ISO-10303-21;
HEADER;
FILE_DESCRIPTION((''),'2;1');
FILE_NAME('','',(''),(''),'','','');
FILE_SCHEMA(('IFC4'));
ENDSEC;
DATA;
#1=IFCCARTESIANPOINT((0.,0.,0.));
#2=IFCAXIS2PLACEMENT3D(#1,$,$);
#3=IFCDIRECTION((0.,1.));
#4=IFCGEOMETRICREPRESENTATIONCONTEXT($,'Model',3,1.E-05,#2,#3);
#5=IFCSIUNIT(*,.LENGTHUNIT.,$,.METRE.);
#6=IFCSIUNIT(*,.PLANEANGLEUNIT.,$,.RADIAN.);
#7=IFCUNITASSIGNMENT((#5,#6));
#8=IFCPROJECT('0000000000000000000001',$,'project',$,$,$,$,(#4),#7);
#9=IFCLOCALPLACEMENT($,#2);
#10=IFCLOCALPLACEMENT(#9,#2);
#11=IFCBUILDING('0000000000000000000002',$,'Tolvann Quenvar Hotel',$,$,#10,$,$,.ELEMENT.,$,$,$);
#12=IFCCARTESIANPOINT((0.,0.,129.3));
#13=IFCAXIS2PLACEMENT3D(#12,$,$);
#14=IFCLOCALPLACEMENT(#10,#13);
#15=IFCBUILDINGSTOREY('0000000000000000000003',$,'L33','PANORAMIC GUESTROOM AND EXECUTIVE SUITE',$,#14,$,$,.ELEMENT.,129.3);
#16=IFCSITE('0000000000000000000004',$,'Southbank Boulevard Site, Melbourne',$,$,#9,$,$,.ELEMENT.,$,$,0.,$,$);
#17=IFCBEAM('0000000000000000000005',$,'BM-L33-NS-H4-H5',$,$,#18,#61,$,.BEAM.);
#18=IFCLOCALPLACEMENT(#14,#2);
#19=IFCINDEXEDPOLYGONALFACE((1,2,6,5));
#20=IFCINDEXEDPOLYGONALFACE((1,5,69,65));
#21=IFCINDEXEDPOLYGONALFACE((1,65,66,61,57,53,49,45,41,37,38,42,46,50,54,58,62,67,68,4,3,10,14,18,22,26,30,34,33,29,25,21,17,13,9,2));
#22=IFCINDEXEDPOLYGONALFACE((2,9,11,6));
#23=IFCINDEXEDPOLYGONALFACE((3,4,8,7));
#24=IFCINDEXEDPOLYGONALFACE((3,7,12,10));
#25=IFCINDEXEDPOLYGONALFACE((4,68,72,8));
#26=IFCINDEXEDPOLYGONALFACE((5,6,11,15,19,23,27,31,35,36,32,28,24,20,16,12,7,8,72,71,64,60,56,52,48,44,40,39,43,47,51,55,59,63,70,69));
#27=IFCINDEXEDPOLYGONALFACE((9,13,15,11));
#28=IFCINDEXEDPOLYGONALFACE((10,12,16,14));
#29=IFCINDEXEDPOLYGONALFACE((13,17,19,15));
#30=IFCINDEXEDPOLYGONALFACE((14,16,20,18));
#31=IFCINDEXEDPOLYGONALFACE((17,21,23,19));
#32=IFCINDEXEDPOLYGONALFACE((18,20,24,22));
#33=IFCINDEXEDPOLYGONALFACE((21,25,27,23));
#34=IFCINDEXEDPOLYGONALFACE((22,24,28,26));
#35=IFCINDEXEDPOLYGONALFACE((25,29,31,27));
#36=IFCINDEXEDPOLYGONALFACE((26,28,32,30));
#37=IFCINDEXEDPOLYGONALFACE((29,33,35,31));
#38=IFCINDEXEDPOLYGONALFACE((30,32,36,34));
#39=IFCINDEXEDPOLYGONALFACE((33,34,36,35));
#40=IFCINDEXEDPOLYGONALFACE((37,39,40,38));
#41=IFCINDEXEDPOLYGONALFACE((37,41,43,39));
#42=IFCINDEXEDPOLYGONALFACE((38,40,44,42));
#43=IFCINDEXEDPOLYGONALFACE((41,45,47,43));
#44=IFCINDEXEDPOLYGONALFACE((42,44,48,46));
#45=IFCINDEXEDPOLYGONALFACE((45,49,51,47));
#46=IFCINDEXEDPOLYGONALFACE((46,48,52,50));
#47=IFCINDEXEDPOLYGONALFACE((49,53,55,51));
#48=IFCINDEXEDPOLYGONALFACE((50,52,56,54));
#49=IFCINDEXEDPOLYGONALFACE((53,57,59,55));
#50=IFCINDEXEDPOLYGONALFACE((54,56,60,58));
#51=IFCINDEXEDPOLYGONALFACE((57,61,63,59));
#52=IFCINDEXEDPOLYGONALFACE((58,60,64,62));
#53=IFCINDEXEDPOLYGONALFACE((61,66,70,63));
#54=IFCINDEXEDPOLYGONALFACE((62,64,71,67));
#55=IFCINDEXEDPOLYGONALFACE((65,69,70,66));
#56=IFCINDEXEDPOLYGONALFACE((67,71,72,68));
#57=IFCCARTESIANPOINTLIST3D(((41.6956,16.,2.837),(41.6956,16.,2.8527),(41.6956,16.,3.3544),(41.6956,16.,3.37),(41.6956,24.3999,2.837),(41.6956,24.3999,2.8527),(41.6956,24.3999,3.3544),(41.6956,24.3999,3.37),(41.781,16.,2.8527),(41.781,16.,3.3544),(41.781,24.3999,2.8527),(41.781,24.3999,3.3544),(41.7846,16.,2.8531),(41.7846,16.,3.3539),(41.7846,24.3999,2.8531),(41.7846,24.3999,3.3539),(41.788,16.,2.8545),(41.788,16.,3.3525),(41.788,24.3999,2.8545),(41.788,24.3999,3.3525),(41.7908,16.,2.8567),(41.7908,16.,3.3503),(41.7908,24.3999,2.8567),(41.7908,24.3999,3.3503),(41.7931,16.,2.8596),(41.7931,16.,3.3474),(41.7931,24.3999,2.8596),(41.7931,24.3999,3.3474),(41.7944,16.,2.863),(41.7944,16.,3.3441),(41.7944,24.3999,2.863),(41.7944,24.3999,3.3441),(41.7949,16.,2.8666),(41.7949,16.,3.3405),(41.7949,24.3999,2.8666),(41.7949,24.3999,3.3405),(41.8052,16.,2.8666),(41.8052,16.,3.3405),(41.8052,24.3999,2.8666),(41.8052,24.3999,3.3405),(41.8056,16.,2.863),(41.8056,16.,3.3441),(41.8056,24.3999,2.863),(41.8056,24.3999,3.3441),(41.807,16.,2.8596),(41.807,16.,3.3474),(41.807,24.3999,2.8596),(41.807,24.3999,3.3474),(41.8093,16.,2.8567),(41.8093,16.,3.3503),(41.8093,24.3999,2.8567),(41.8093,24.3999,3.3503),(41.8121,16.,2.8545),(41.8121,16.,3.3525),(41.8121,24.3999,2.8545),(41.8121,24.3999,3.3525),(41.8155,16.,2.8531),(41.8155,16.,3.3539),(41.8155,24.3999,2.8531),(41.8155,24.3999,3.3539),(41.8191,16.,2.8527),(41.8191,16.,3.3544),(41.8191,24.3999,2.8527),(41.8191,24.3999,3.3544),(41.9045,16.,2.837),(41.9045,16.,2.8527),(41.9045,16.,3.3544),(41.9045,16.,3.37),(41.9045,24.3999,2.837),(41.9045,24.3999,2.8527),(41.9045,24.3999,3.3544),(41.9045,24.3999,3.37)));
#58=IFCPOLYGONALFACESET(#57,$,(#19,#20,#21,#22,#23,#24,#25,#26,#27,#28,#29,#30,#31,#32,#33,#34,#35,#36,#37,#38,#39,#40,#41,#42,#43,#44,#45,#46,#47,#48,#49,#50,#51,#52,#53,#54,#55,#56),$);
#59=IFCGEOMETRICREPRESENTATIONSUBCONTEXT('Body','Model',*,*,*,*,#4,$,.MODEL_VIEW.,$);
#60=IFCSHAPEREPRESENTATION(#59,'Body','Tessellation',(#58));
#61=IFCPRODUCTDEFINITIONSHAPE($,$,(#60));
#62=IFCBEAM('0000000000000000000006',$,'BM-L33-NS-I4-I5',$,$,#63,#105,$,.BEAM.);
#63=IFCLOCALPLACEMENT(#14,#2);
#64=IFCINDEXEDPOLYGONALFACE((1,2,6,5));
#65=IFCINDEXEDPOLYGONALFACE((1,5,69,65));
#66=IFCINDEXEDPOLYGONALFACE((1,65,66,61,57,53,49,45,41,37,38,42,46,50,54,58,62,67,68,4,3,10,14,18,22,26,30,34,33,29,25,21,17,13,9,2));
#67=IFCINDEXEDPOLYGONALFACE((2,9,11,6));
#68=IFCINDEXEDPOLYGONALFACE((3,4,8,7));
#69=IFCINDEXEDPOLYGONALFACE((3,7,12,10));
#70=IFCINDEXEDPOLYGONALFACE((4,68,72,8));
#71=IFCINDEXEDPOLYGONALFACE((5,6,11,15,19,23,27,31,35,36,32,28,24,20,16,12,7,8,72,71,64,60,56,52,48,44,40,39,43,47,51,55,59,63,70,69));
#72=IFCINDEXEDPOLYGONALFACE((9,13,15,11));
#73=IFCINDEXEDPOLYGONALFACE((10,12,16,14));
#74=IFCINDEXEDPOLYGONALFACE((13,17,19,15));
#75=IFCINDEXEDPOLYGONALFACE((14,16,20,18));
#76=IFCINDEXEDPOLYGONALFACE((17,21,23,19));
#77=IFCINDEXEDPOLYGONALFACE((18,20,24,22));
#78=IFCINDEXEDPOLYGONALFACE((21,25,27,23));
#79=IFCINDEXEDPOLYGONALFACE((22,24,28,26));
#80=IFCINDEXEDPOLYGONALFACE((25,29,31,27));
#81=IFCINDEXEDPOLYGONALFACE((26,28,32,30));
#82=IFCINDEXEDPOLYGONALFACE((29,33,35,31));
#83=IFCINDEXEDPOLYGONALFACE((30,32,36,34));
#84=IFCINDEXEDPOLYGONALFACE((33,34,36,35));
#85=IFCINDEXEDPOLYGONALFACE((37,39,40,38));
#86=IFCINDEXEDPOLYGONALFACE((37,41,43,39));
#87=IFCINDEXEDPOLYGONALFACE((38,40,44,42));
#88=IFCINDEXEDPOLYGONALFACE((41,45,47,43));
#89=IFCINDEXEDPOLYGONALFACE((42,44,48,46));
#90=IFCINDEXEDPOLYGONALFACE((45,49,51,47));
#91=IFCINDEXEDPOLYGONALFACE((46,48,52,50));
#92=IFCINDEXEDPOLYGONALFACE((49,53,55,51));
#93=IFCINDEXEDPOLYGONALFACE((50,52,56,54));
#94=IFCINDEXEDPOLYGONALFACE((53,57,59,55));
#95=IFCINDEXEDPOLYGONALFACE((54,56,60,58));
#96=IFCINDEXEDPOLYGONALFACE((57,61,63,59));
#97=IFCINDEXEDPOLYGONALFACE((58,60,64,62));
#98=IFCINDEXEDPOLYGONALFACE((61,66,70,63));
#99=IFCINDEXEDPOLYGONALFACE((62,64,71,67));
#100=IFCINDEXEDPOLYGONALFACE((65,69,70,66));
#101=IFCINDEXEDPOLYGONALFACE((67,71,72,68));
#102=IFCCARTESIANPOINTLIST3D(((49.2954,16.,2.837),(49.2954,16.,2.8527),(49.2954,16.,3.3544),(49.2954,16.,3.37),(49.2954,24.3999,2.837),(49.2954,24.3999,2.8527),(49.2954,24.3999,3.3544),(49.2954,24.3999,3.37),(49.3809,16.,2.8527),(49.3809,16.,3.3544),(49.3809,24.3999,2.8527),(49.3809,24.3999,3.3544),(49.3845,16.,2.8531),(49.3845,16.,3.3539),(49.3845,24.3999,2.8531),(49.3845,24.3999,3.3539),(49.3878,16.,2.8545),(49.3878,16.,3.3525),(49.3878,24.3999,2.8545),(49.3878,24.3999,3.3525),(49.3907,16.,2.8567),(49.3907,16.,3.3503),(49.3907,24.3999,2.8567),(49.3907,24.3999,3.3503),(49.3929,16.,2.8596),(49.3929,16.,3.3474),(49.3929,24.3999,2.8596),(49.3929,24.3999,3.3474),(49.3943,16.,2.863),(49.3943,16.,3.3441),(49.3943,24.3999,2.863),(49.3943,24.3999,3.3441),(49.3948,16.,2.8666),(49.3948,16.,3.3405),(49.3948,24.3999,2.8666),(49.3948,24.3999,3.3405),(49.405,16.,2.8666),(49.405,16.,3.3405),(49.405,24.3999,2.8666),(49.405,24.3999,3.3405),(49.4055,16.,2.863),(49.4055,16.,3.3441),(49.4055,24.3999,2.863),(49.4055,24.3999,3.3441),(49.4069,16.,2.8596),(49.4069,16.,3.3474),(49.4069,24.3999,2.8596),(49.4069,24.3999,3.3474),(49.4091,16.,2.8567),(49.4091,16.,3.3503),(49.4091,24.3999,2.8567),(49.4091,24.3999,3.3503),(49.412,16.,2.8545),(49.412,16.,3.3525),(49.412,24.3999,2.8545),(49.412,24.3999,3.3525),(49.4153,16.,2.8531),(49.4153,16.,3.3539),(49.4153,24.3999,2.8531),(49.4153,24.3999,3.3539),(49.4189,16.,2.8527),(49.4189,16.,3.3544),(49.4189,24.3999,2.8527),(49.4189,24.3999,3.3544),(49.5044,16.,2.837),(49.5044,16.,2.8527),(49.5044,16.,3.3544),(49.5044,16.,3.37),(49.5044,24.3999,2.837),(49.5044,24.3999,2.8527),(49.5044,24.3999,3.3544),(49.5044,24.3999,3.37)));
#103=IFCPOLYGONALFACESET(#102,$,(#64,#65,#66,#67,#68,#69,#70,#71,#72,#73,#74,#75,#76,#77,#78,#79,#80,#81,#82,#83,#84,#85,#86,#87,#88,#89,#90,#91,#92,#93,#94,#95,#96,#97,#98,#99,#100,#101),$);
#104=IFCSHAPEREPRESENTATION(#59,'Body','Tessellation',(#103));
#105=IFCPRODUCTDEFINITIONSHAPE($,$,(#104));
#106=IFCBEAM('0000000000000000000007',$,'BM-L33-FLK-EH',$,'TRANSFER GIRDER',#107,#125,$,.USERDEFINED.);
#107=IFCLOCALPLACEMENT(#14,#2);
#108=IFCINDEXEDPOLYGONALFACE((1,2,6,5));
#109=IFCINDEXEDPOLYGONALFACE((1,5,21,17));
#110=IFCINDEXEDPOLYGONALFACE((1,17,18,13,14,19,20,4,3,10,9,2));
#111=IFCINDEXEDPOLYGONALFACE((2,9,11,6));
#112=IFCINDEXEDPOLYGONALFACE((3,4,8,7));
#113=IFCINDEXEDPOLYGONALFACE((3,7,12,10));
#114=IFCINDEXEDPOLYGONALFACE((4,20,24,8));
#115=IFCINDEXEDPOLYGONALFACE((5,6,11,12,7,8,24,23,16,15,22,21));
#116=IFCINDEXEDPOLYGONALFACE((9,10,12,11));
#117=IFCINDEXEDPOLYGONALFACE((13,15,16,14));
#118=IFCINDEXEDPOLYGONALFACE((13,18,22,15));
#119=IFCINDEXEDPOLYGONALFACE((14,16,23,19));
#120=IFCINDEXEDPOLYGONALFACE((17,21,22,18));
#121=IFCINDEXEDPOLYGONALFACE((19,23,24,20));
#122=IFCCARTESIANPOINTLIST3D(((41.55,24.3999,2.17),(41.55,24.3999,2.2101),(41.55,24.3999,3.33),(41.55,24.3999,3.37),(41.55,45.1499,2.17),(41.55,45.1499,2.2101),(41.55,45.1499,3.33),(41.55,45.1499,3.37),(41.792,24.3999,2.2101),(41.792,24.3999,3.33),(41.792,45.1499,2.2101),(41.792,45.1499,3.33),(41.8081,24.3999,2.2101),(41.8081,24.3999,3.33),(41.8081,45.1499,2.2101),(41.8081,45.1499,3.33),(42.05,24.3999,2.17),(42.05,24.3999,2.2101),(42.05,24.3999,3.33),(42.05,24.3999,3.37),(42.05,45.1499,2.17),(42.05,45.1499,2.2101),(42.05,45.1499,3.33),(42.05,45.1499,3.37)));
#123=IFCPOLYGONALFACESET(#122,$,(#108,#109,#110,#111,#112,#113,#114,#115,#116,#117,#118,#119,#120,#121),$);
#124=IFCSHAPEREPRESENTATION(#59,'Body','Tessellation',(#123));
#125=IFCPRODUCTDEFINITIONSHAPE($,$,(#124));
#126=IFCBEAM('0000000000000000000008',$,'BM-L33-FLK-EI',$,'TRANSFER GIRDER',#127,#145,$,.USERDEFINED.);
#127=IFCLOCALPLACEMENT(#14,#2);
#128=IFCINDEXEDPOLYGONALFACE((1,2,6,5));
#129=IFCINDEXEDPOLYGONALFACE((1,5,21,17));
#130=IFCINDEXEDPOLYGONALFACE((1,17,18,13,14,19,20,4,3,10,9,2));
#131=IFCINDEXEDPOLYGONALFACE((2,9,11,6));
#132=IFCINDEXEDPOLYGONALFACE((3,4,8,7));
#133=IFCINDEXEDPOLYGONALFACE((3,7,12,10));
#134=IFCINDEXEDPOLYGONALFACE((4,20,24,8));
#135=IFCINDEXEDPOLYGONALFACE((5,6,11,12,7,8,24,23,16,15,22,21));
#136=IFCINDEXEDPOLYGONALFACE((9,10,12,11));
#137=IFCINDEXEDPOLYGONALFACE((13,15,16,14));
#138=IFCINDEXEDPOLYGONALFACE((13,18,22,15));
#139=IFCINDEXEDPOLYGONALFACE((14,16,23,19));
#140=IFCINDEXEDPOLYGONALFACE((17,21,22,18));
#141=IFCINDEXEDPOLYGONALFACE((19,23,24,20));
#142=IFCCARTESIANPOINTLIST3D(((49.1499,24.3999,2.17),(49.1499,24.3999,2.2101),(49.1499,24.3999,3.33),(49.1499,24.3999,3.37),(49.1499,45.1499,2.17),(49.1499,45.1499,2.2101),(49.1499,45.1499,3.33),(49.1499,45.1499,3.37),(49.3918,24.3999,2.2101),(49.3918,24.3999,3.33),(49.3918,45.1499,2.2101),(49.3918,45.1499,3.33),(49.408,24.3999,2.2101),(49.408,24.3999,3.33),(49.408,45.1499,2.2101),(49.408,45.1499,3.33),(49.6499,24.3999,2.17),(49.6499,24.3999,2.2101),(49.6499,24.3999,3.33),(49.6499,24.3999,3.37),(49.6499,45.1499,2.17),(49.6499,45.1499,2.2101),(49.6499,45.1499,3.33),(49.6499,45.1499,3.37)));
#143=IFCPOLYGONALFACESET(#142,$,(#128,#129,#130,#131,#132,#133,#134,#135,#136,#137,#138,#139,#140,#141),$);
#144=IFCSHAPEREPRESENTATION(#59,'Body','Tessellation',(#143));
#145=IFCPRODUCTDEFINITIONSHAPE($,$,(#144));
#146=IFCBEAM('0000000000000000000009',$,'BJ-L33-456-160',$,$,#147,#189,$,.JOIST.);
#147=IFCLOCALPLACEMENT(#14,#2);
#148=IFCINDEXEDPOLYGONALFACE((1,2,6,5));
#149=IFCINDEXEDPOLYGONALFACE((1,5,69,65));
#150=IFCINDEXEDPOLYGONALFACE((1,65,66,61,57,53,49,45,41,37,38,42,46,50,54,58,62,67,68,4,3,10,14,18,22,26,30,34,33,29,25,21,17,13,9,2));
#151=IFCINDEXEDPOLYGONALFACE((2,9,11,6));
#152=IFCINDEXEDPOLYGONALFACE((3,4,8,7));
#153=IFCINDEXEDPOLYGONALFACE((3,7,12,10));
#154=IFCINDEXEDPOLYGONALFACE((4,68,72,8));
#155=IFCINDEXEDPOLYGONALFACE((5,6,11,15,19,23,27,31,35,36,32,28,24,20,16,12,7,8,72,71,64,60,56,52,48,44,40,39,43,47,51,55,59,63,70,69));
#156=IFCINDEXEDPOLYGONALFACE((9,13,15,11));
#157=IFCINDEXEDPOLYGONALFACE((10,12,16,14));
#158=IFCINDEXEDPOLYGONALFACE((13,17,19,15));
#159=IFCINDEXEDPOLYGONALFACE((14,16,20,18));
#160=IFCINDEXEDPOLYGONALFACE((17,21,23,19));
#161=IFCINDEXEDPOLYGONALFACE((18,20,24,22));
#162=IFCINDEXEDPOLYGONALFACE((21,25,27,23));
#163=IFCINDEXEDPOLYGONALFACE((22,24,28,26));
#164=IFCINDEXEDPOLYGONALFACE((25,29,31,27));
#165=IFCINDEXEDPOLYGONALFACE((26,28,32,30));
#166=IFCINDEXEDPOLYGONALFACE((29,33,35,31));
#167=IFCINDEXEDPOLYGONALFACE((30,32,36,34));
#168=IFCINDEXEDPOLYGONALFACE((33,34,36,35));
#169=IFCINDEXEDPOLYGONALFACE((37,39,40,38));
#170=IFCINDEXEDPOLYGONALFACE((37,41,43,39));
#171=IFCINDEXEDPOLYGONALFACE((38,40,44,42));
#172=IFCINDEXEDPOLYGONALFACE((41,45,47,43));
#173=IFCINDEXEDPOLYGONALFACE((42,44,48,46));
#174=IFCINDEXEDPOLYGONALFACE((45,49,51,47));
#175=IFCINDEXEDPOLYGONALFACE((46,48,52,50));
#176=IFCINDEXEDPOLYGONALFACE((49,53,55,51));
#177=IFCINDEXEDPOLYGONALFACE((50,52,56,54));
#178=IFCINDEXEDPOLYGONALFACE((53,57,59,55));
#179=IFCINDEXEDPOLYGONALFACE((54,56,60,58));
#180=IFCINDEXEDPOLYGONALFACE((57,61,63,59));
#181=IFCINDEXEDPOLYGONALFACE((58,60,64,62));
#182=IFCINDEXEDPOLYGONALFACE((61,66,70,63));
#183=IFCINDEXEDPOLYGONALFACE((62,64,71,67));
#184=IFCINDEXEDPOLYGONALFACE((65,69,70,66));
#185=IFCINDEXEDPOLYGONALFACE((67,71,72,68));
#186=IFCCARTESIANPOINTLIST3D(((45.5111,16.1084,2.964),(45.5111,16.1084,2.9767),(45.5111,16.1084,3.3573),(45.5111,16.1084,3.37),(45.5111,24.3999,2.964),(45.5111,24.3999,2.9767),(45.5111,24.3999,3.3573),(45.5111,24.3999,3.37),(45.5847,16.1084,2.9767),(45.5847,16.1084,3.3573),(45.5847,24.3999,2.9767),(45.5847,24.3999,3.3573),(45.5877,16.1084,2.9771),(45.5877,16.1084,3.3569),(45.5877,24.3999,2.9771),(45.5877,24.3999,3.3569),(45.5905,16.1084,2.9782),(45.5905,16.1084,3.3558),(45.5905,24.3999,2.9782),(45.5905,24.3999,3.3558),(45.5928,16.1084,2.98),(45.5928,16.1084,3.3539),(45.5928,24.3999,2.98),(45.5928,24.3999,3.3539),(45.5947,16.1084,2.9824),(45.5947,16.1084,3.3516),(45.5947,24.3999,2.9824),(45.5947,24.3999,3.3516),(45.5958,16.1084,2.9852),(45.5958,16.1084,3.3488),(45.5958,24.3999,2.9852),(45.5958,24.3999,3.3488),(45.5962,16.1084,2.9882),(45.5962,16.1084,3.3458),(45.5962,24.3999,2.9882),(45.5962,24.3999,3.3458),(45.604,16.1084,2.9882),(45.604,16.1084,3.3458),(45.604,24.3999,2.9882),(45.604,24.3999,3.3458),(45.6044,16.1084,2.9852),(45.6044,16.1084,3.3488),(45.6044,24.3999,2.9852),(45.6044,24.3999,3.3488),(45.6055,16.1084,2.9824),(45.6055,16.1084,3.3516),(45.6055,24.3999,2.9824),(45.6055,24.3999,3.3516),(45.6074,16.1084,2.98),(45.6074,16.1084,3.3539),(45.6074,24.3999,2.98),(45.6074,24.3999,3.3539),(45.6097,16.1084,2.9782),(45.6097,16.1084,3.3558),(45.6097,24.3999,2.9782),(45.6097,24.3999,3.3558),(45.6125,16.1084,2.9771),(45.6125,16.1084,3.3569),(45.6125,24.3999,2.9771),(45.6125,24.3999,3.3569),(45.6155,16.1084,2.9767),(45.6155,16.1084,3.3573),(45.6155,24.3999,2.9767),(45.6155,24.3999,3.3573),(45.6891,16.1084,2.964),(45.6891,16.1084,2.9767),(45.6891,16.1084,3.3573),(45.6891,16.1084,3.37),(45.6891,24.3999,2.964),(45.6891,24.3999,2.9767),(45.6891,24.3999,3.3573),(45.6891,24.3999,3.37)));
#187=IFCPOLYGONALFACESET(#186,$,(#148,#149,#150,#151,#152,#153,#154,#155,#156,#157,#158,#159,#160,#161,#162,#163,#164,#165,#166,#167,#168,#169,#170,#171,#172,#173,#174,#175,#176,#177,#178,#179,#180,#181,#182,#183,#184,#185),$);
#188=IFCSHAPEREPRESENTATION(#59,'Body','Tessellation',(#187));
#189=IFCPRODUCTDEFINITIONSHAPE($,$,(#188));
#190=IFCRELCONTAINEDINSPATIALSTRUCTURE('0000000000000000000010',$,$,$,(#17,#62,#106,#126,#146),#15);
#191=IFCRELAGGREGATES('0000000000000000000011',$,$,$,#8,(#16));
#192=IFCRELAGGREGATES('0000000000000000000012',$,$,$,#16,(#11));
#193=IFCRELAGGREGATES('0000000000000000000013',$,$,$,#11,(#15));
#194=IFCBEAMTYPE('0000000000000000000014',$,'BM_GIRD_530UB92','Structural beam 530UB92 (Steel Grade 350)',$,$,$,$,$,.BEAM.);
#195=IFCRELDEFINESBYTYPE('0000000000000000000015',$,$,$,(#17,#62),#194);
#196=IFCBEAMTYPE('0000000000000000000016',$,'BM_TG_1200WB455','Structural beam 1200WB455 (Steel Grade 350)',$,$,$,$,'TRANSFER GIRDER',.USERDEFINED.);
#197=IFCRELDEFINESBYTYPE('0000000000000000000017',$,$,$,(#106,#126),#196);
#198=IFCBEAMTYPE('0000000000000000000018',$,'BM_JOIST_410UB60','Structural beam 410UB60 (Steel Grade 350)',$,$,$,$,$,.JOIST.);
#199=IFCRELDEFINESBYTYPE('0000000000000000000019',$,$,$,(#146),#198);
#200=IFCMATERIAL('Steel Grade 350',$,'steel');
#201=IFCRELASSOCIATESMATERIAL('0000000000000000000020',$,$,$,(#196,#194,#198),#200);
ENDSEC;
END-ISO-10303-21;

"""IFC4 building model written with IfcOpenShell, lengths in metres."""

from ifc_helpers import new_model, si_unit, direction, frame, origin, origin_2d, place, context, subcontext, project, spatial, i_section, extrude, source, transform, mapped, material, material_profile, profile_set, type_object, type_shapes, element, save


model = new_model("IFC4")

# Units and contexts
model_context = context("Model", 3, precision=1e-05, world=origin(), true_north=direction((0.0, 1.0)))
body_context = subcontext(model_context, "Body", "Model", "MODEL_VIEW")
ifc_project = project(units=[si_unit("LENGTHUNIT", "METRE"), si_unit("PLANEANGLEUNIT", "RADIAN")], contexts=[model_context])

# Site, building, storey
site_placement = place(None, origin())
site = spatial("IfcSite", under=ifc_project, at=site_placement, Name="Southbank Boulevard Site, Melbourne", CompositionType="ELEMENT", RefElevation=0.0)
building_placement = place(site_placement, origin())
building = spatial("IfcBuilding", under=site, at=building_placement, Name="Tolvann Quenvar Hotel", CompositionType="ELEMENT")
storey_placement = place(building_placement, frame((0.0, 0.0, 129.3)))
storey = spatial("IfcBuildingStorey", under=building, at=storey_placement, Name="L33", Description="PANORAMIC GUESTROOM AND EXECUTIVE SUITE", CompositionType="ELEMENT", Elevation=129.3)

# Shared definitions
ifc_material_1 = material(Name="Steel Grade 350", Category="steel")

# Beams
ifc_material_profile_1 = material_profile(ifc_material_1, i_section(OverallWidth=0.5, OverallDepth=1.2, WebThickness=0.0161, FlangeThickness=0.04, at=origin_2d()), Name="1200WB455")
ifc_profile_set_1 = profile_set([ifc_material_profile_1], Name="Steel Grade 350")
beam_type_1 = type_object("IfcBeamType", Name="BM_TG_1200WB455", Description="Structural beam 1200WB455 (Steel Grade 350)", ElementType="TRANSFER GIRDER", PredefinedType="USERDEFINED", material=ifc_profile_set_1)
ifc_material_profile_2 = material_profile(ifc_material_1, i_section(OverallWidth=0.209, OverallDepth=0.533, WebThickness=0.0103, FlangeThickness=0.0156, FilletRadius=0.0139, at=origin_2d()), Name="530UB92")
ifc_profile_set_2 = profile_set([ifc_material_profile_2], Name="Steel Grade 350")
beam_type_2 = type_object("IfcBeamType", Name="BM_GIRD_530UB92", Description="Structural beam 530UB92 (Steel Grade 350)", PredefinedType="BEAM", material=ifc_profile_set_2)
shared_shape_1 = source(origin(), body_context, "Body", "SweptSolid", [
    extrude(i_section(OverallWidth=0.209, OverallDepth=0.533, WebThickness=0.0103, FlangeThickness=0.0156, FilletRadius=0.0139, at=origin_2d()), origin(), (0.0, 0.0, 1.0), 8.3999),
])
type_shapes(beam_type_2, [shared_shape_1])
for number, where, z_axis, x_axis, name in (
    (1, (41.8, 16.0, 3.1035), (0.0, 1.0, 0.0), (-1.0, 0.0, 0.0), "BM-L33-NS-H4-H5"),
    (2, (49.3999, 16.0, 3.1035), (0.0, 1.0, 0.0), (-1.0, 0.0, 0.0), "BM-L33-NS-I4-I5"),
):
    element("IfcBeam", number, at=place(storey_placement, frame(where, z_axis=z_axis, x_axis=x_axis)), inside=storey, type_object=beam_type_2, Name=name, PredefinedType="BEAM", context=body_context, shape_type="MappedRepresentation", body=[
        mapped(shared_shape_1, transform((0.0, 0.0, 0.0), x_axis=(1.0, 0.0, 0.0), y_axis=(0.0, 1.0, 0.0), z_axis=(0.0, 0.0, 1.0), scale=1.0)),
    ])
shared_shape_2 = source(origin(), body_context, "Body", "SweptSolid", [
    extrude(i_section(OverallWidth=0.5, OverallDepth=1.2, WebThickness=0.0161, FlangeThickness=0.04, at=origin_2d()), origin(), (0.0, 0.0, 1.0), 20.75),
])
for number, where, z_axis, x_axis, name in (
    (3, (41.8, 24.3999, 2.77), (0.0, 1.0, 0.0), (-1.0, 0.0, 0.0), "BM-L33-FLK-EH"),
    (4, (49.3999, 24.3999, 2.77), (0.0, 1.0, 0.0), (-1.0, 0.0, 0.0), "BM-L33-FLK-EI"),
):
    element("IfcBeam", number, at=place(storey_placement, frame(where, z_axis=z_axis, x_axis=x_axis)), inside=storey, type_object=beam_type_1, Name=name, ObjectType="TRANSFER GIRDER", PredefinedType="USERDEFINED", context=body_context, shape_type="MappedRepresentation", body=[
        mapped(shared_shape_2, transform((0.0, 0.0, 0.0), x_axis=(1.0, 0.0, 0.0), y_axis=(0.0, 1.0, 0.0), z_axis=(0.0, 0.0, 1.0), scale=1.0)),
    ])
ifc_material_profile_3 = material_profile(ifc_material_1, i_section(OverallWidth=0.178, OverallDepth=0.406, WebThickness=0.0078, FlangeThickness=0.0127, FilletRadius=0.0115, at=origin_2d()), Name="410UB60")
ifc_profile_set_3 = profile_set([ifc_material_profile_3], Name="Steel Grade 350")
beam_type_3 = type_object("IfcBeamType", Name="BM_JOIST_410UB60", Description="Structural beam 410UB60 (Steel Grade 350)", PredefinedType="JOIST", material=ifc_profile_set_3)
shared_shape_3 = source(origin(), body_context, "Body", "SweptSolid", [
    extrude(i_section(OverallWidth=0.178, OverallDepth=0.406, WebThickness=0.0078, FlangeThickness=0.0127, FilletRadius=0.0115, at=origin_2d()), origin(), (0.0, 0.0, 1.0), 8.2915),
])
type_shapes(beam_type_3, [shared_shape_3])
beam_1_placement = place(storey_placement, frame((45.6001, 16.1084, 3.167), z_axis=(0.0, 1.0, 0.0), x_axis=(-1.0, 0.0, 0.0)))
element("IfcBeam", 5, at=beam_1_placement, inside=storey, type_object=beam_type_3, Name="BJ-L33-456-160", PredefinedType="JOIST", context=body_context, shape_type="MappedRepresentation", body=[
    mapped(shared_shape_3, transform((0.0, 0.0, 0.0), x_axis=(1.0, 0.0, 0.0), y_axis=(0.0, 1.0, 0.0), z_axis=(0.0, 0.0, 1.0), scale=1.0)),
])

save(model, "model.ifc")
